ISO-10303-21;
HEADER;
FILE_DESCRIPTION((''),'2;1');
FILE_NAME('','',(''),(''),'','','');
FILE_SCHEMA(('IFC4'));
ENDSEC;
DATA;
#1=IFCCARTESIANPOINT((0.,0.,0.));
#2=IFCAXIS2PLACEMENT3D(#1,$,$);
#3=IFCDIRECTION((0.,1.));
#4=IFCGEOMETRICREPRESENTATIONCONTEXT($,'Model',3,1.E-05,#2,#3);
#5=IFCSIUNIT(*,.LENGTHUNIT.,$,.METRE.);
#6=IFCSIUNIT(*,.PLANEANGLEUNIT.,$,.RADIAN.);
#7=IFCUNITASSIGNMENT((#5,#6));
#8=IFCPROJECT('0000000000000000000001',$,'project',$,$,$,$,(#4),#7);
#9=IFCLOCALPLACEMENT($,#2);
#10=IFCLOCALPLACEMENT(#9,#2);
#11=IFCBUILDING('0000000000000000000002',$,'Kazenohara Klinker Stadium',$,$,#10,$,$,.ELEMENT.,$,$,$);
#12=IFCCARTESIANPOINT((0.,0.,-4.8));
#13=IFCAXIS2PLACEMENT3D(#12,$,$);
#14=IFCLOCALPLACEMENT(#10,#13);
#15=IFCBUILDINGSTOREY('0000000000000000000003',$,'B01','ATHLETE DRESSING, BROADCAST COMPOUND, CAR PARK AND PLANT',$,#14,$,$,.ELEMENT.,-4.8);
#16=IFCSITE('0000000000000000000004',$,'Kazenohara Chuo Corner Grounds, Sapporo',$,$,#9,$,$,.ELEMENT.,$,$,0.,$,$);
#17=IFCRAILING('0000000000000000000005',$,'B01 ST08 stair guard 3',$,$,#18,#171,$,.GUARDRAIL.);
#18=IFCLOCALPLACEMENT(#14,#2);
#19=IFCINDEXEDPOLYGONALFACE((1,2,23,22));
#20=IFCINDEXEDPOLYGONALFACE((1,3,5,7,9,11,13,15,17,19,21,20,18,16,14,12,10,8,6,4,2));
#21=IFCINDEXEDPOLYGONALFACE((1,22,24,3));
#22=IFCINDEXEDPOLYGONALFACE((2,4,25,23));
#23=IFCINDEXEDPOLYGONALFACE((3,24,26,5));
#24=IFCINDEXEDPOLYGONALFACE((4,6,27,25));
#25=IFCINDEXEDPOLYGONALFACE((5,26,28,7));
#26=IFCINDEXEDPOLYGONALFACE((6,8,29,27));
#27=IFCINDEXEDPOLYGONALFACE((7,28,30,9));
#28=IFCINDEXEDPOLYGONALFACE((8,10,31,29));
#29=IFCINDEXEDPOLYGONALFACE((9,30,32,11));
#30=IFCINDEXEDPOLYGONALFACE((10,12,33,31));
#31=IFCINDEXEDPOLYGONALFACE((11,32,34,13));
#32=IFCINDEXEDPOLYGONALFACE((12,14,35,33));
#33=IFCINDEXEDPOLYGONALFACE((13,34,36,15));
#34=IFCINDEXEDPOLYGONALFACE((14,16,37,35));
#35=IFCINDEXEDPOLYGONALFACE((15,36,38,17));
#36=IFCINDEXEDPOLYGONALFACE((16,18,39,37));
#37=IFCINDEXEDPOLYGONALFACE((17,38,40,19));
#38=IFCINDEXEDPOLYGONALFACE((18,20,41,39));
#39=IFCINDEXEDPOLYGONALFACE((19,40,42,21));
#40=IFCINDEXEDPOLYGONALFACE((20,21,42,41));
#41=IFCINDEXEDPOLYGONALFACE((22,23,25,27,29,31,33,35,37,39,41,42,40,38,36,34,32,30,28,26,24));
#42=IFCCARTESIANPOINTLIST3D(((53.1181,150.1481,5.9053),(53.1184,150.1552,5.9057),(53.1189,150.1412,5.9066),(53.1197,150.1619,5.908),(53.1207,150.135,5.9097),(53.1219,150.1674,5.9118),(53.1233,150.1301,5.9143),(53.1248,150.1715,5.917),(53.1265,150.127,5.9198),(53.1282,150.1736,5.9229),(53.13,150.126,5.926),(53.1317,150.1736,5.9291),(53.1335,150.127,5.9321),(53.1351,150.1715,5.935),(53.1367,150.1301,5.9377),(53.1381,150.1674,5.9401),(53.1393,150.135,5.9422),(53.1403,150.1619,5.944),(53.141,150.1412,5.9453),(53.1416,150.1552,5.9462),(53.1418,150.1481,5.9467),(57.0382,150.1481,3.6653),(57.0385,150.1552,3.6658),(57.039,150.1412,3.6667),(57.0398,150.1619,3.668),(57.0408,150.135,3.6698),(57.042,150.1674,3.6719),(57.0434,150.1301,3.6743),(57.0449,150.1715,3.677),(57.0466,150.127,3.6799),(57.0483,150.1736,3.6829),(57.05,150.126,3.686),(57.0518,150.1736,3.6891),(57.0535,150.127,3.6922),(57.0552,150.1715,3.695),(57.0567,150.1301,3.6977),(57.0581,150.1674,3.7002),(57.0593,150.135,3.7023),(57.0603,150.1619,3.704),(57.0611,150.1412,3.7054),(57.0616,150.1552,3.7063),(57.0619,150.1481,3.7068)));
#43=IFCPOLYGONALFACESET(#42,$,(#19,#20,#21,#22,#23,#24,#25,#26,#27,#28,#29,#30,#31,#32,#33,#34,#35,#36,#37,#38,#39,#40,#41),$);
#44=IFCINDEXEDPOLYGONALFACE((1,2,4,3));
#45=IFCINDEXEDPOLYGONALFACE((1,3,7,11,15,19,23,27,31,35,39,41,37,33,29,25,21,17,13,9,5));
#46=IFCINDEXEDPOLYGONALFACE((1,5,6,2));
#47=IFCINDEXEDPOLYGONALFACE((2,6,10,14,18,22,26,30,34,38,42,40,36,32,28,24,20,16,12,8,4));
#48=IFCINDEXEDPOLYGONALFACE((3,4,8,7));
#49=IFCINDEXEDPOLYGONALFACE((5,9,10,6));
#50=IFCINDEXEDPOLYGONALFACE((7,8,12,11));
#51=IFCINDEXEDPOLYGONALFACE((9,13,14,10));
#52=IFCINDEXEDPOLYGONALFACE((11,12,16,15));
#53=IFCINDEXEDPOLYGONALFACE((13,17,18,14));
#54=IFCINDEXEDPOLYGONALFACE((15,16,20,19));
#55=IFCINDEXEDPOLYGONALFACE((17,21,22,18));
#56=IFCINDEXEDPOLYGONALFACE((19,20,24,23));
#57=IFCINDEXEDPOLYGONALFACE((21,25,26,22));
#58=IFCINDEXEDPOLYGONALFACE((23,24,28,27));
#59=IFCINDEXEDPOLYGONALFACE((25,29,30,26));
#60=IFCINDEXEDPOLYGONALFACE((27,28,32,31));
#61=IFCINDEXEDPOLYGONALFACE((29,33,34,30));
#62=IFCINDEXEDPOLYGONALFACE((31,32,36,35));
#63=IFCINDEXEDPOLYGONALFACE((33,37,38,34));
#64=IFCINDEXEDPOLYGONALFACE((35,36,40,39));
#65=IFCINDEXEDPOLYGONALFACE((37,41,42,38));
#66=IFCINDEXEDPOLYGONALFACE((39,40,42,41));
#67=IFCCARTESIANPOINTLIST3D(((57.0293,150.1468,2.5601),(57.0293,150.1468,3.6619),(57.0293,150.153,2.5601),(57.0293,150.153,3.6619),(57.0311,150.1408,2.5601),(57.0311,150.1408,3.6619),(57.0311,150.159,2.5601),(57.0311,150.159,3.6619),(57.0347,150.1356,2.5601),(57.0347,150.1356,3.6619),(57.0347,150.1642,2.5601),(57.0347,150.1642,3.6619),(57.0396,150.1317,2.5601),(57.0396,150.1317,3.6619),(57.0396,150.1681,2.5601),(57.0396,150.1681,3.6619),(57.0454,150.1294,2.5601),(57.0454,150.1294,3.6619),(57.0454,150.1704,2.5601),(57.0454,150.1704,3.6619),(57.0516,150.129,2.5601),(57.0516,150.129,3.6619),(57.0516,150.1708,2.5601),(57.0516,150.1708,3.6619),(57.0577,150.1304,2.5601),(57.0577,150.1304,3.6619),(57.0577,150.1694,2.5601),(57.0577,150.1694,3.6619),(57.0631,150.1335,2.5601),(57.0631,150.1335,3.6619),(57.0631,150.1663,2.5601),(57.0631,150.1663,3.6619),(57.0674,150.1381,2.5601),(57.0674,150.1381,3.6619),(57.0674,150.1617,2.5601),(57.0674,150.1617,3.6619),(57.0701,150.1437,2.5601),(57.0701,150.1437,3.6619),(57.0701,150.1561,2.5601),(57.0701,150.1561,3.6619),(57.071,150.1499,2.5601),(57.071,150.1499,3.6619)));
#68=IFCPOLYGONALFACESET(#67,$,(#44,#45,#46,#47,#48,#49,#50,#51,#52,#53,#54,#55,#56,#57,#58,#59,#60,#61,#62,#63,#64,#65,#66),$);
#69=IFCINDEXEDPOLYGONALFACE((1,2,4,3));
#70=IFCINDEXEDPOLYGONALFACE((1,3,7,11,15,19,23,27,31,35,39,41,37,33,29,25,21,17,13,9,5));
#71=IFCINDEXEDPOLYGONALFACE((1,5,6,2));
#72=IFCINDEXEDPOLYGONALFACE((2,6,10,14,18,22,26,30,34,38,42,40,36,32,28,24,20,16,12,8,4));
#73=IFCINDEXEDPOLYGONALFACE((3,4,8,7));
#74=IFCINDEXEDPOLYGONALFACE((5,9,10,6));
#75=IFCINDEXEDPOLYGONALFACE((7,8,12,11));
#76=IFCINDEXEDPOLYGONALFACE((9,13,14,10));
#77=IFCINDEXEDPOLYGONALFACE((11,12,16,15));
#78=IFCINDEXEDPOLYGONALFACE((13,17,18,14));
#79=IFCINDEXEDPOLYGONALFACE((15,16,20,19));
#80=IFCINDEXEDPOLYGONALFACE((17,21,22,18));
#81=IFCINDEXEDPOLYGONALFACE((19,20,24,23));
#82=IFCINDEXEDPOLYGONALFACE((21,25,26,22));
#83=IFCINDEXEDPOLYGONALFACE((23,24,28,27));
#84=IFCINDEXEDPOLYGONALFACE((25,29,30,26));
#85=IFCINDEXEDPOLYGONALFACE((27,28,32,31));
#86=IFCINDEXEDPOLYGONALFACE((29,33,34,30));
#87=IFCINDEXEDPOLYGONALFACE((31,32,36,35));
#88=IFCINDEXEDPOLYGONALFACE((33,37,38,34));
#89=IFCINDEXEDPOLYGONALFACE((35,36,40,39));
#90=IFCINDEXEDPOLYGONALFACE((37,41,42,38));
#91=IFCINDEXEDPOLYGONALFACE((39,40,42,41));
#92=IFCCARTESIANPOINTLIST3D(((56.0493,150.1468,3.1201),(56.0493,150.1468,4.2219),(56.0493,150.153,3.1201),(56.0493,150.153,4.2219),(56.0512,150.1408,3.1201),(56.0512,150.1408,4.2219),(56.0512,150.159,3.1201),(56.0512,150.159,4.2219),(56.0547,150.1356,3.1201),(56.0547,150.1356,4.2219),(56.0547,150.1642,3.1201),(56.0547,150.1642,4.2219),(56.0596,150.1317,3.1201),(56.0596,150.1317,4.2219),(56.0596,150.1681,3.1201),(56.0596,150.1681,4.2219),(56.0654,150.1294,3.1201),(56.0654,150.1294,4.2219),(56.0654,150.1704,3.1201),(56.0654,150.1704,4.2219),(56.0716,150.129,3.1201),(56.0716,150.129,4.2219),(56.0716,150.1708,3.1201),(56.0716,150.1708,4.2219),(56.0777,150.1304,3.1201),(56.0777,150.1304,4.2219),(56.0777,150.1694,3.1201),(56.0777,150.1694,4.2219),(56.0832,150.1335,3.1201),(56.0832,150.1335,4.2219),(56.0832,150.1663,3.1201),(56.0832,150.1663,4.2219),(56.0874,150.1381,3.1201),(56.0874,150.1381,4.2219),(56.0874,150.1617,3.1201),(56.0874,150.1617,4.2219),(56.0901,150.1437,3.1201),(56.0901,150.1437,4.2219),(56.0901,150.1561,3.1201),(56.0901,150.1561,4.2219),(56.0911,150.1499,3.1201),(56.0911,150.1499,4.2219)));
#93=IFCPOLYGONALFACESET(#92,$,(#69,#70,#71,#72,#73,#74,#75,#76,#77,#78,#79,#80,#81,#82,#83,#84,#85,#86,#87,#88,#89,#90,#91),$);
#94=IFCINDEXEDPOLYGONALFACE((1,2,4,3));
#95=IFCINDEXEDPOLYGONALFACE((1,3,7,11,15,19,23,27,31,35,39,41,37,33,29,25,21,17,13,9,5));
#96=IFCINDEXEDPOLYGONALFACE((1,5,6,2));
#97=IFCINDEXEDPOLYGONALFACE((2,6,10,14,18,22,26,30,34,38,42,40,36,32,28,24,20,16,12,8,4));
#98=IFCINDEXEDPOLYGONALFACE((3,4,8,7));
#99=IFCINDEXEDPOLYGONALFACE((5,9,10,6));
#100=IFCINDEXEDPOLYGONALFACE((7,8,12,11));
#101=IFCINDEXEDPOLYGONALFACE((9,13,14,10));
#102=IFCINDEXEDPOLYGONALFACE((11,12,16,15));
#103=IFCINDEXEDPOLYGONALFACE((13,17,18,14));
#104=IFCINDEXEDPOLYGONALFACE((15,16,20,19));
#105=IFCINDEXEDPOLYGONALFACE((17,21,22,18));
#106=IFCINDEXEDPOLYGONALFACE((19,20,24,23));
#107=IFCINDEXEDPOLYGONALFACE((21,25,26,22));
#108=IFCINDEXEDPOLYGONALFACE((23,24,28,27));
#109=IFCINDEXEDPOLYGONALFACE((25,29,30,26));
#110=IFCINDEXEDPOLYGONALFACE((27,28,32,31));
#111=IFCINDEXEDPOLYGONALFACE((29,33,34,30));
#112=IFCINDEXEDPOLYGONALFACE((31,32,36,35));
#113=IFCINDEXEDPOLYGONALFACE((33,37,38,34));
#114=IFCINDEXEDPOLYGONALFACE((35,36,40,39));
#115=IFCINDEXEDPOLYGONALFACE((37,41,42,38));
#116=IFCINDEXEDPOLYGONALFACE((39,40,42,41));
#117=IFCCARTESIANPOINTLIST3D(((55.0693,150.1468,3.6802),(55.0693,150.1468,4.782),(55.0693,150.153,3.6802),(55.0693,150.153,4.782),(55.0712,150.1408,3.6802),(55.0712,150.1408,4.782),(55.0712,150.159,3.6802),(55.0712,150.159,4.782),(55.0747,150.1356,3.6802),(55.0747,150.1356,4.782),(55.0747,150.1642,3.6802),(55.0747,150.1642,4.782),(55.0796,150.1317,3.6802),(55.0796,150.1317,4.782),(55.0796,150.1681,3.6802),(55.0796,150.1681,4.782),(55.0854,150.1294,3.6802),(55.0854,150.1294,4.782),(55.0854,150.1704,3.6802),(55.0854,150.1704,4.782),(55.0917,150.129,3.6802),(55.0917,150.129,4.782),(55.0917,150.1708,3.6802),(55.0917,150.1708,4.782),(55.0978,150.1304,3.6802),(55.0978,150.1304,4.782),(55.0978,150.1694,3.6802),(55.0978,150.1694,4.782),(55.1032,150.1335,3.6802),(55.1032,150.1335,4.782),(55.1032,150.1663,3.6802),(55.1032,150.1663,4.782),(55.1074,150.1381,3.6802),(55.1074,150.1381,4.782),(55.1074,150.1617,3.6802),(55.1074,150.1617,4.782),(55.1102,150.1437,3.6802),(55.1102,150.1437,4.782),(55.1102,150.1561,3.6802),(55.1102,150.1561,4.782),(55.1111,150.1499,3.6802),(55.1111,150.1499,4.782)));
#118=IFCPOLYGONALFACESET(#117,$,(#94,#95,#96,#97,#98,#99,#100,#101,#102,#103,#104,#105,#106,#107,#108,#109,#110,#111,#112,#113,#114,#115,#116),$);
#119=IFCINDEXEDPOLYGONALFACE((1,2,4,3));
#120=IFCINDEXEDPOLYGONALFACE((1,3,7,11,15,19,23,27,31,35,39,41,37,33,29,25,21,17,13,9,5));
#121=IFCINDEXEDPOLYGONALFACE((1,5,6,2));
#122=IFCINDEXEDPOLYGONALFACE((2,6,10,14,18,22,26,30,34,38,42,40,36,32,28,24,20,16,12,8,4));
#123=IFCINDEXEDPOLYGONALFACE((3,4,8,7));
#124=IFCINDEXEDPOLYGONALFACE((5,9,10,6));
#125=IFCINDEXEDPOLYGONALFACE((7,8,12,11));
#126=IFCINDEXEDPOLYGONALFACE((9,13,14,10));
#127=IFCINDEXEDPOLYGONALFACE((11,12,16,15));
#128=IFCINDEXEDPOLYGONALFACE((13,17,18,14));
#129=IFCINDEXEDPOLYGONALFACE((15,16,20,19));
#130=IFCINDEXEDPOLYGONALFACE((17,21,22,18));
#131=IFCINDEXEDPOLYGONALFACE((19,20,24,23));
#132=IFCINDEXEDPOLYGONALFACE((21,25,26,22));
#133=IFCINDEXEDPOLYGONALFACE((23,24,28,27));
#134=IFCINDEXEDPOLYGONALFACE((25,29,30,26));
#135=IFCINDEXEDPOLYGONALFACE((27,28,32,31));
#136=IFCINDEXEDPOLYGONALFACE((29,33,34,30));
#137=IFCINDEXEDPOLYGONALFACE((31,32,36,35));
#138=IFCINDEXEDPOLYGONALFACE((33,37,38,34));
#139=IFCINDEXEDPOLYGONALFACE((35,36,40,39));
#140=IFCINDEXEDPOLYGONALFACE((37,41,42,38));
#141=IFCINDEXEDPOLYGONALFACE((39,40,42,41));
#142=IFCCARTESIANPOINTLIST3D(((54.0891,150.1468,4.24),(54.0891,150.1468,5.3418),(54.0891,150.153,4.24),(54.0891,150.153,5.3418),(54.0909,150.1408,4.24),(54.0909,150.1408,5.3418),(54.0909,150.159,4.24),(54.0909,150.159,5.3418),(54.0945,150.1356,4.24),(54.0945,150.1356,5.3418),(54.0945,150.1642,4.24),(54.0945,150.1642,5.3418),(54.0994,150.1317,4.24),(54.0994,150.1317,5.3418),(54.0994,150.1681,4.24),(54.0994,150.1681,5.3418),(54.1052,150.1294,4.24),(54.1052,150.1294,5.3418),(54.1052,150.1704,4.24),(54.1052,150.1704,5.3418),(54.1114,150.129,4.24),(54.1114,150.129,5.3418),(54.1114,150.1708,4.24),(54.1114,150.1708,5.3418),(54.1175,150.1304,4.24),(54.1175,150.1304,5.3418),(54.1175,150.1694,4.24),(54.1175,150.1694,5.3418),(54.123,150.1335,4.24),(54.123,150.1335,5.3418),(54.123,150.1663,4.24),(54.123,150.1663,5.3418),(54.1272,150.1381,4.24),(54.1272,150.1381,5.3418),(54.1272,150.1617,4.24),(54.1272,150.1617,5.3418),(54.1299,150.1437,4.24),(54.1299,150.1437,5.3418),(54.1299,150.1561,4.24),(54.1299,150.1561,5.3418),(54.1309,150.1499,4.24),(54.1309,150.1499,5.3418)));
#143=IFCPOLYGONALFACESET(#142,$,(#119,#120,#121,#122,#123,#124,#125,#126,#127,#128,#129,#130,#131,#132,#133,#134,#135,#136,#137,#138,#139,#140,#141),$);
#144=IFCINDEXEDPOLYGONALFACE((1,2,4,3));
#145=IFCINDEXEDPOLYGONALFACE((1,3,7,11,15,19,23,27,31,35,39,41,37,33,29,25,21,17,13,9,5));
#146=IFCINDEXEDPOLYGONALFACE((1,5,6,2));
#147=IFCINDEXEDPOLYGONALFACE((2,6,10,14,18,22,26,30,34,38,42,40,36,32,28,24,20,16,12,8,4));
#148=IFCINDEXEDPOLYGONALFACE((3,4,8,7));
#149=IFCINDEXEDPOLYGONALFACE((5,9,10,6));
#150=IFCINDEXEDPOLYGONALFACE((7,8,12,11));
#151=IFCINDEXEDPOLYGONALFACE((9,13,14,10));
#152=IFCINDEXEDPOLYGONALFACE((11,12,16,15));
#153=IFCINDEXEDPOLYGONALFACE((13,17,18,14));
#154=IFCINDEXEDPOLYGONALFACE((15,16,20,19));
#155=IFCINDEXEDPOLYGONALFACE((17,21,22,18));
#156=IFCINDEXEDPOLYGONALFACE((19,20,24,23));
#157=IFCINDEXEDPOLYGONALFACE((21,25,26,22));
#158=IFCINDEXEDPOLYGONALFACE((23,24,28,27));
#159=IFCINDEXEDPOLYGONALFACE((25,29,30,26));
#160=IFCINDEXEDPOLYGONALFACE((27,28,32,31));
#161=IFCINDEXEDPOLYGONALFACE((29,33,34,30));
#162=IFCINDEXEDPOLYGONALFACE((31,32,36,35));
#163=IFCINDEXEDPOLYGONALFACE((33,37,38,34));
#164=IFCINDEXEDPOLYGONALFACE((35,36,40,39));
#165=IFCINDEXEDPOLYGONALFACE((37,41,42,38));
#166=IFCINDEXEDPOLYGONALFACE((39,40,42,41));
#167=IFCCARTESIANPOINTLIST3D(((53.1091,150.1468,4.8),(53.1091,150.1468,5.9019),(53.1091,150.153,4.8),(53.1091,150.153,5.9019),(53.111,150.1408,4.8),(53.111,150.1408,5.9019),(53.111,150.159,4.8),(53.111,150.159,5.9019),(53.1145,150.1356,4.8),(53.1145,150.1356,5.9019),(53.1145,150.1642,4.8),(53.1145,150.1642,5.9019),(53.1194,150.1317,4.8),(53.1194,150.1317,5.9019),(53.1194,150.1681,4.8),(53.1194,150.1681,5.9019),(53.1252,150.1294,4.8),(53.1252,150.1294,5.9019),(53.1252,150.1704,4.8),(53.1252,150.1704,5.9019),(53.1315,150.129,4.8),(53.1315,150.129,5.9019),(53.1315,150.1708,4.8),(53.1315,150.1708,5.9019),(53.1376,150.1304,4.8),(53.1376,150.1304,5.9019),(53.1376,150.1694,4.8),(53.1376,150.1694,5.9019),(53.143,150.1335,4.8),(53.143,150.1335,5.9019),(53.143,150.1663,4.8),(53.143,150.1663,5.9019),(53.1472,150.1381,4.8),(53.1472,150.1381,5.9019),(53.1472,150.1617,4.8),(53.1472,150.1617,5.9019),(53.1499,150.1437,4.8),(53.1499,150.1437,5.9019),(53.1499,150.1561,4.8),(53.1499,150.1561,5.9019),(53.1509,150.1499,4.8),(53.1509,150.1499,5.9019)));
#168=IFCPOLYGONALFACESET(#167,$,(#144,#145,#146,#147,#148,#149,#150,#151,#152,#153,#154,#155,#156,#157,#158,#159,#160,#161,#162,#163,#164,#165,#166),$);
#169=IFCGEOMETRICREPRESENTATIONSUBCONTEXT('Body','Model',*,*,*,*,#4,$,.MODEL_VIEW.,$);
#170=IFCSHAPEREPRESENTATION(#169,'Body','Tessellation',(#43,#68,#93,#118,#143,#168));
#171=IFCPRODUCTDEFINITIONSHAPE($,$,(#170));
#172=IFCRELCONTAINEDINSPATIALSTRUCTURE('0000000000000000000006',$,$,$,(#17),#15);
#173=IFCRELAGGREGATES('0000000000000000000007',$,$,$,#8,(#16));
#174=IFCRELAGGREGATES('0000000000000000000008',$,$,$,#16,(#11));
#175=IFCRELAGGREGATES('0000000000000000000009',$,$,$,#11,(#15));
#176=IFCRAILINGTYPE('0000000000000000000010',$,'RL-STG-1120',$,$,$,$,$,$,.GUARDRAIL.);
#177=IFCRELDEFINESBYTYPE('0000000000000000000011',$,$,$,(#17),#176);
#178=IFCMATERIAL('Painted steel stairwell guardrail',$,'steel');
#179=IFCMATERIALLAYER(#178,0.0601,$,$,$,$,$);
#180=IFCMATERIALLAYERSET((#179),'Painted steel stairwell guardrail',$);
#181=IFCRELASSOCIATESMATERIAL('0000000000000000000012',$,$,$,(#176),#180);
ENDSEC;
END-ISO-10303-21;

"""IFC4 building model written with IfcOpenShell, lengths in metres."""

from ifc_helpers import new_model, si_unit, direction, frame, origin, origin_2d, place, context, subcontext, project, spatial, circle, extrude, material, layer, layer_set, type_object, element, save


model = new_model("IFC4")

# Units and contexts
model_context = context("Model", 3, precision=1e-05, world=origin(), true_north=direction((0.0, 1.0)))
body_context = subcontext(model_context, "Body", "Model", "MODEL_VIEW")
ifc_project = project(units=[si_unit("LENGTHUNIT", "METRE"), si_unit("PLANEANGLEUNIT", "RADIAN")], contexts=[model_context])

# Site, building, storey
site_placement = place(None, origin())
site = spatial("IfcSite", under=ifc_project, at=site_placement, Name="Kazenohara Chuo Corner Grounds, Sapporo", CompositionType="ELEMENT", RefElevation=0.0)
building_placement = place(site_placement, origin())
building = spatial("IfcBuilding", under=site, at=building_placement, Name="Kazenohara Klinker Stadium", CompositionType="ELEMENT")
storey_placement = place(building_placement, frame((0.0, 0.0, -4.8)))
storey = spatial("IfcBuildingStorey", under=building, at=storey_placement, Name="B01", Description="ATHLETE DRESSING, BROADCAST COMPOUND, CAR PARK AND PLANT", CompositionType="ELEMENT", Elevation=-4.8)

# Railing
ifc_material_1 = material(Name="Painted steel stairwell guardrail", Category="steel")
ifc_layer_1 = layer(ifc_material_1, 0.0601)
ifc_layer_set_1 = layer_set([ifc_layer_1], Name="Painted steel stairwell guardrail")
railing_type_1 = type_object("IfcRailingType", Name="RL-STG-1120", PredefinedType="GUARDRAIL", material=ifc_layer_set_1)
railing_1_placement = place(storey_placement, frame((57.05, 150.1499, 2.5601)))
element("IfcRailing", 1, at=railing_1_placement, inside=storey, type_object=railing_type_1, Name="B01 ST08 stair guard 3", PredefinedType="GUARDRAIL", context=body_context, shape_type="SweptSolid", body=[
    extrude(circle(Radius=0.0239, at=origin_2d()), frame((0.0, 0.0, 1.126), z_axis=(-0.868253, 0.0, 0.496121), x_axis=(0.0, -1.0, 0.0)), (0.0, 0.0, 1.0), 4.5149),
    extrude(circle(Radius=0.021, at=origin_2d()), origin(), (0.0, 0.0, 1.0), 1.1018),
    extrude(circle(Radius=0.021, at=origin_2d()), frame((-0.98, 0.0, 0.5601)), (0.0, 0.0, 1.0), 1.1018),
    extrude(circle(Radius=0.021, at=origin_2d()), frame((-1.96, 0.0, 1.1201)), (0.0, 0.0, 1.0), 1.1018),
    extrude(circle(Radius=0.021, at=origin_2d()), frame((-2.9402, 0.0, 1.6799)), (0.0, 0.0, 1.0), 1.1018),
    extrude(circle(Radius=0.021, at=origin_2d()), frame((-3.9202, 0.0, 2.24)), (0.0, 0.0, 1.0), 1.1018),
])

save(model, "model.ifc")
